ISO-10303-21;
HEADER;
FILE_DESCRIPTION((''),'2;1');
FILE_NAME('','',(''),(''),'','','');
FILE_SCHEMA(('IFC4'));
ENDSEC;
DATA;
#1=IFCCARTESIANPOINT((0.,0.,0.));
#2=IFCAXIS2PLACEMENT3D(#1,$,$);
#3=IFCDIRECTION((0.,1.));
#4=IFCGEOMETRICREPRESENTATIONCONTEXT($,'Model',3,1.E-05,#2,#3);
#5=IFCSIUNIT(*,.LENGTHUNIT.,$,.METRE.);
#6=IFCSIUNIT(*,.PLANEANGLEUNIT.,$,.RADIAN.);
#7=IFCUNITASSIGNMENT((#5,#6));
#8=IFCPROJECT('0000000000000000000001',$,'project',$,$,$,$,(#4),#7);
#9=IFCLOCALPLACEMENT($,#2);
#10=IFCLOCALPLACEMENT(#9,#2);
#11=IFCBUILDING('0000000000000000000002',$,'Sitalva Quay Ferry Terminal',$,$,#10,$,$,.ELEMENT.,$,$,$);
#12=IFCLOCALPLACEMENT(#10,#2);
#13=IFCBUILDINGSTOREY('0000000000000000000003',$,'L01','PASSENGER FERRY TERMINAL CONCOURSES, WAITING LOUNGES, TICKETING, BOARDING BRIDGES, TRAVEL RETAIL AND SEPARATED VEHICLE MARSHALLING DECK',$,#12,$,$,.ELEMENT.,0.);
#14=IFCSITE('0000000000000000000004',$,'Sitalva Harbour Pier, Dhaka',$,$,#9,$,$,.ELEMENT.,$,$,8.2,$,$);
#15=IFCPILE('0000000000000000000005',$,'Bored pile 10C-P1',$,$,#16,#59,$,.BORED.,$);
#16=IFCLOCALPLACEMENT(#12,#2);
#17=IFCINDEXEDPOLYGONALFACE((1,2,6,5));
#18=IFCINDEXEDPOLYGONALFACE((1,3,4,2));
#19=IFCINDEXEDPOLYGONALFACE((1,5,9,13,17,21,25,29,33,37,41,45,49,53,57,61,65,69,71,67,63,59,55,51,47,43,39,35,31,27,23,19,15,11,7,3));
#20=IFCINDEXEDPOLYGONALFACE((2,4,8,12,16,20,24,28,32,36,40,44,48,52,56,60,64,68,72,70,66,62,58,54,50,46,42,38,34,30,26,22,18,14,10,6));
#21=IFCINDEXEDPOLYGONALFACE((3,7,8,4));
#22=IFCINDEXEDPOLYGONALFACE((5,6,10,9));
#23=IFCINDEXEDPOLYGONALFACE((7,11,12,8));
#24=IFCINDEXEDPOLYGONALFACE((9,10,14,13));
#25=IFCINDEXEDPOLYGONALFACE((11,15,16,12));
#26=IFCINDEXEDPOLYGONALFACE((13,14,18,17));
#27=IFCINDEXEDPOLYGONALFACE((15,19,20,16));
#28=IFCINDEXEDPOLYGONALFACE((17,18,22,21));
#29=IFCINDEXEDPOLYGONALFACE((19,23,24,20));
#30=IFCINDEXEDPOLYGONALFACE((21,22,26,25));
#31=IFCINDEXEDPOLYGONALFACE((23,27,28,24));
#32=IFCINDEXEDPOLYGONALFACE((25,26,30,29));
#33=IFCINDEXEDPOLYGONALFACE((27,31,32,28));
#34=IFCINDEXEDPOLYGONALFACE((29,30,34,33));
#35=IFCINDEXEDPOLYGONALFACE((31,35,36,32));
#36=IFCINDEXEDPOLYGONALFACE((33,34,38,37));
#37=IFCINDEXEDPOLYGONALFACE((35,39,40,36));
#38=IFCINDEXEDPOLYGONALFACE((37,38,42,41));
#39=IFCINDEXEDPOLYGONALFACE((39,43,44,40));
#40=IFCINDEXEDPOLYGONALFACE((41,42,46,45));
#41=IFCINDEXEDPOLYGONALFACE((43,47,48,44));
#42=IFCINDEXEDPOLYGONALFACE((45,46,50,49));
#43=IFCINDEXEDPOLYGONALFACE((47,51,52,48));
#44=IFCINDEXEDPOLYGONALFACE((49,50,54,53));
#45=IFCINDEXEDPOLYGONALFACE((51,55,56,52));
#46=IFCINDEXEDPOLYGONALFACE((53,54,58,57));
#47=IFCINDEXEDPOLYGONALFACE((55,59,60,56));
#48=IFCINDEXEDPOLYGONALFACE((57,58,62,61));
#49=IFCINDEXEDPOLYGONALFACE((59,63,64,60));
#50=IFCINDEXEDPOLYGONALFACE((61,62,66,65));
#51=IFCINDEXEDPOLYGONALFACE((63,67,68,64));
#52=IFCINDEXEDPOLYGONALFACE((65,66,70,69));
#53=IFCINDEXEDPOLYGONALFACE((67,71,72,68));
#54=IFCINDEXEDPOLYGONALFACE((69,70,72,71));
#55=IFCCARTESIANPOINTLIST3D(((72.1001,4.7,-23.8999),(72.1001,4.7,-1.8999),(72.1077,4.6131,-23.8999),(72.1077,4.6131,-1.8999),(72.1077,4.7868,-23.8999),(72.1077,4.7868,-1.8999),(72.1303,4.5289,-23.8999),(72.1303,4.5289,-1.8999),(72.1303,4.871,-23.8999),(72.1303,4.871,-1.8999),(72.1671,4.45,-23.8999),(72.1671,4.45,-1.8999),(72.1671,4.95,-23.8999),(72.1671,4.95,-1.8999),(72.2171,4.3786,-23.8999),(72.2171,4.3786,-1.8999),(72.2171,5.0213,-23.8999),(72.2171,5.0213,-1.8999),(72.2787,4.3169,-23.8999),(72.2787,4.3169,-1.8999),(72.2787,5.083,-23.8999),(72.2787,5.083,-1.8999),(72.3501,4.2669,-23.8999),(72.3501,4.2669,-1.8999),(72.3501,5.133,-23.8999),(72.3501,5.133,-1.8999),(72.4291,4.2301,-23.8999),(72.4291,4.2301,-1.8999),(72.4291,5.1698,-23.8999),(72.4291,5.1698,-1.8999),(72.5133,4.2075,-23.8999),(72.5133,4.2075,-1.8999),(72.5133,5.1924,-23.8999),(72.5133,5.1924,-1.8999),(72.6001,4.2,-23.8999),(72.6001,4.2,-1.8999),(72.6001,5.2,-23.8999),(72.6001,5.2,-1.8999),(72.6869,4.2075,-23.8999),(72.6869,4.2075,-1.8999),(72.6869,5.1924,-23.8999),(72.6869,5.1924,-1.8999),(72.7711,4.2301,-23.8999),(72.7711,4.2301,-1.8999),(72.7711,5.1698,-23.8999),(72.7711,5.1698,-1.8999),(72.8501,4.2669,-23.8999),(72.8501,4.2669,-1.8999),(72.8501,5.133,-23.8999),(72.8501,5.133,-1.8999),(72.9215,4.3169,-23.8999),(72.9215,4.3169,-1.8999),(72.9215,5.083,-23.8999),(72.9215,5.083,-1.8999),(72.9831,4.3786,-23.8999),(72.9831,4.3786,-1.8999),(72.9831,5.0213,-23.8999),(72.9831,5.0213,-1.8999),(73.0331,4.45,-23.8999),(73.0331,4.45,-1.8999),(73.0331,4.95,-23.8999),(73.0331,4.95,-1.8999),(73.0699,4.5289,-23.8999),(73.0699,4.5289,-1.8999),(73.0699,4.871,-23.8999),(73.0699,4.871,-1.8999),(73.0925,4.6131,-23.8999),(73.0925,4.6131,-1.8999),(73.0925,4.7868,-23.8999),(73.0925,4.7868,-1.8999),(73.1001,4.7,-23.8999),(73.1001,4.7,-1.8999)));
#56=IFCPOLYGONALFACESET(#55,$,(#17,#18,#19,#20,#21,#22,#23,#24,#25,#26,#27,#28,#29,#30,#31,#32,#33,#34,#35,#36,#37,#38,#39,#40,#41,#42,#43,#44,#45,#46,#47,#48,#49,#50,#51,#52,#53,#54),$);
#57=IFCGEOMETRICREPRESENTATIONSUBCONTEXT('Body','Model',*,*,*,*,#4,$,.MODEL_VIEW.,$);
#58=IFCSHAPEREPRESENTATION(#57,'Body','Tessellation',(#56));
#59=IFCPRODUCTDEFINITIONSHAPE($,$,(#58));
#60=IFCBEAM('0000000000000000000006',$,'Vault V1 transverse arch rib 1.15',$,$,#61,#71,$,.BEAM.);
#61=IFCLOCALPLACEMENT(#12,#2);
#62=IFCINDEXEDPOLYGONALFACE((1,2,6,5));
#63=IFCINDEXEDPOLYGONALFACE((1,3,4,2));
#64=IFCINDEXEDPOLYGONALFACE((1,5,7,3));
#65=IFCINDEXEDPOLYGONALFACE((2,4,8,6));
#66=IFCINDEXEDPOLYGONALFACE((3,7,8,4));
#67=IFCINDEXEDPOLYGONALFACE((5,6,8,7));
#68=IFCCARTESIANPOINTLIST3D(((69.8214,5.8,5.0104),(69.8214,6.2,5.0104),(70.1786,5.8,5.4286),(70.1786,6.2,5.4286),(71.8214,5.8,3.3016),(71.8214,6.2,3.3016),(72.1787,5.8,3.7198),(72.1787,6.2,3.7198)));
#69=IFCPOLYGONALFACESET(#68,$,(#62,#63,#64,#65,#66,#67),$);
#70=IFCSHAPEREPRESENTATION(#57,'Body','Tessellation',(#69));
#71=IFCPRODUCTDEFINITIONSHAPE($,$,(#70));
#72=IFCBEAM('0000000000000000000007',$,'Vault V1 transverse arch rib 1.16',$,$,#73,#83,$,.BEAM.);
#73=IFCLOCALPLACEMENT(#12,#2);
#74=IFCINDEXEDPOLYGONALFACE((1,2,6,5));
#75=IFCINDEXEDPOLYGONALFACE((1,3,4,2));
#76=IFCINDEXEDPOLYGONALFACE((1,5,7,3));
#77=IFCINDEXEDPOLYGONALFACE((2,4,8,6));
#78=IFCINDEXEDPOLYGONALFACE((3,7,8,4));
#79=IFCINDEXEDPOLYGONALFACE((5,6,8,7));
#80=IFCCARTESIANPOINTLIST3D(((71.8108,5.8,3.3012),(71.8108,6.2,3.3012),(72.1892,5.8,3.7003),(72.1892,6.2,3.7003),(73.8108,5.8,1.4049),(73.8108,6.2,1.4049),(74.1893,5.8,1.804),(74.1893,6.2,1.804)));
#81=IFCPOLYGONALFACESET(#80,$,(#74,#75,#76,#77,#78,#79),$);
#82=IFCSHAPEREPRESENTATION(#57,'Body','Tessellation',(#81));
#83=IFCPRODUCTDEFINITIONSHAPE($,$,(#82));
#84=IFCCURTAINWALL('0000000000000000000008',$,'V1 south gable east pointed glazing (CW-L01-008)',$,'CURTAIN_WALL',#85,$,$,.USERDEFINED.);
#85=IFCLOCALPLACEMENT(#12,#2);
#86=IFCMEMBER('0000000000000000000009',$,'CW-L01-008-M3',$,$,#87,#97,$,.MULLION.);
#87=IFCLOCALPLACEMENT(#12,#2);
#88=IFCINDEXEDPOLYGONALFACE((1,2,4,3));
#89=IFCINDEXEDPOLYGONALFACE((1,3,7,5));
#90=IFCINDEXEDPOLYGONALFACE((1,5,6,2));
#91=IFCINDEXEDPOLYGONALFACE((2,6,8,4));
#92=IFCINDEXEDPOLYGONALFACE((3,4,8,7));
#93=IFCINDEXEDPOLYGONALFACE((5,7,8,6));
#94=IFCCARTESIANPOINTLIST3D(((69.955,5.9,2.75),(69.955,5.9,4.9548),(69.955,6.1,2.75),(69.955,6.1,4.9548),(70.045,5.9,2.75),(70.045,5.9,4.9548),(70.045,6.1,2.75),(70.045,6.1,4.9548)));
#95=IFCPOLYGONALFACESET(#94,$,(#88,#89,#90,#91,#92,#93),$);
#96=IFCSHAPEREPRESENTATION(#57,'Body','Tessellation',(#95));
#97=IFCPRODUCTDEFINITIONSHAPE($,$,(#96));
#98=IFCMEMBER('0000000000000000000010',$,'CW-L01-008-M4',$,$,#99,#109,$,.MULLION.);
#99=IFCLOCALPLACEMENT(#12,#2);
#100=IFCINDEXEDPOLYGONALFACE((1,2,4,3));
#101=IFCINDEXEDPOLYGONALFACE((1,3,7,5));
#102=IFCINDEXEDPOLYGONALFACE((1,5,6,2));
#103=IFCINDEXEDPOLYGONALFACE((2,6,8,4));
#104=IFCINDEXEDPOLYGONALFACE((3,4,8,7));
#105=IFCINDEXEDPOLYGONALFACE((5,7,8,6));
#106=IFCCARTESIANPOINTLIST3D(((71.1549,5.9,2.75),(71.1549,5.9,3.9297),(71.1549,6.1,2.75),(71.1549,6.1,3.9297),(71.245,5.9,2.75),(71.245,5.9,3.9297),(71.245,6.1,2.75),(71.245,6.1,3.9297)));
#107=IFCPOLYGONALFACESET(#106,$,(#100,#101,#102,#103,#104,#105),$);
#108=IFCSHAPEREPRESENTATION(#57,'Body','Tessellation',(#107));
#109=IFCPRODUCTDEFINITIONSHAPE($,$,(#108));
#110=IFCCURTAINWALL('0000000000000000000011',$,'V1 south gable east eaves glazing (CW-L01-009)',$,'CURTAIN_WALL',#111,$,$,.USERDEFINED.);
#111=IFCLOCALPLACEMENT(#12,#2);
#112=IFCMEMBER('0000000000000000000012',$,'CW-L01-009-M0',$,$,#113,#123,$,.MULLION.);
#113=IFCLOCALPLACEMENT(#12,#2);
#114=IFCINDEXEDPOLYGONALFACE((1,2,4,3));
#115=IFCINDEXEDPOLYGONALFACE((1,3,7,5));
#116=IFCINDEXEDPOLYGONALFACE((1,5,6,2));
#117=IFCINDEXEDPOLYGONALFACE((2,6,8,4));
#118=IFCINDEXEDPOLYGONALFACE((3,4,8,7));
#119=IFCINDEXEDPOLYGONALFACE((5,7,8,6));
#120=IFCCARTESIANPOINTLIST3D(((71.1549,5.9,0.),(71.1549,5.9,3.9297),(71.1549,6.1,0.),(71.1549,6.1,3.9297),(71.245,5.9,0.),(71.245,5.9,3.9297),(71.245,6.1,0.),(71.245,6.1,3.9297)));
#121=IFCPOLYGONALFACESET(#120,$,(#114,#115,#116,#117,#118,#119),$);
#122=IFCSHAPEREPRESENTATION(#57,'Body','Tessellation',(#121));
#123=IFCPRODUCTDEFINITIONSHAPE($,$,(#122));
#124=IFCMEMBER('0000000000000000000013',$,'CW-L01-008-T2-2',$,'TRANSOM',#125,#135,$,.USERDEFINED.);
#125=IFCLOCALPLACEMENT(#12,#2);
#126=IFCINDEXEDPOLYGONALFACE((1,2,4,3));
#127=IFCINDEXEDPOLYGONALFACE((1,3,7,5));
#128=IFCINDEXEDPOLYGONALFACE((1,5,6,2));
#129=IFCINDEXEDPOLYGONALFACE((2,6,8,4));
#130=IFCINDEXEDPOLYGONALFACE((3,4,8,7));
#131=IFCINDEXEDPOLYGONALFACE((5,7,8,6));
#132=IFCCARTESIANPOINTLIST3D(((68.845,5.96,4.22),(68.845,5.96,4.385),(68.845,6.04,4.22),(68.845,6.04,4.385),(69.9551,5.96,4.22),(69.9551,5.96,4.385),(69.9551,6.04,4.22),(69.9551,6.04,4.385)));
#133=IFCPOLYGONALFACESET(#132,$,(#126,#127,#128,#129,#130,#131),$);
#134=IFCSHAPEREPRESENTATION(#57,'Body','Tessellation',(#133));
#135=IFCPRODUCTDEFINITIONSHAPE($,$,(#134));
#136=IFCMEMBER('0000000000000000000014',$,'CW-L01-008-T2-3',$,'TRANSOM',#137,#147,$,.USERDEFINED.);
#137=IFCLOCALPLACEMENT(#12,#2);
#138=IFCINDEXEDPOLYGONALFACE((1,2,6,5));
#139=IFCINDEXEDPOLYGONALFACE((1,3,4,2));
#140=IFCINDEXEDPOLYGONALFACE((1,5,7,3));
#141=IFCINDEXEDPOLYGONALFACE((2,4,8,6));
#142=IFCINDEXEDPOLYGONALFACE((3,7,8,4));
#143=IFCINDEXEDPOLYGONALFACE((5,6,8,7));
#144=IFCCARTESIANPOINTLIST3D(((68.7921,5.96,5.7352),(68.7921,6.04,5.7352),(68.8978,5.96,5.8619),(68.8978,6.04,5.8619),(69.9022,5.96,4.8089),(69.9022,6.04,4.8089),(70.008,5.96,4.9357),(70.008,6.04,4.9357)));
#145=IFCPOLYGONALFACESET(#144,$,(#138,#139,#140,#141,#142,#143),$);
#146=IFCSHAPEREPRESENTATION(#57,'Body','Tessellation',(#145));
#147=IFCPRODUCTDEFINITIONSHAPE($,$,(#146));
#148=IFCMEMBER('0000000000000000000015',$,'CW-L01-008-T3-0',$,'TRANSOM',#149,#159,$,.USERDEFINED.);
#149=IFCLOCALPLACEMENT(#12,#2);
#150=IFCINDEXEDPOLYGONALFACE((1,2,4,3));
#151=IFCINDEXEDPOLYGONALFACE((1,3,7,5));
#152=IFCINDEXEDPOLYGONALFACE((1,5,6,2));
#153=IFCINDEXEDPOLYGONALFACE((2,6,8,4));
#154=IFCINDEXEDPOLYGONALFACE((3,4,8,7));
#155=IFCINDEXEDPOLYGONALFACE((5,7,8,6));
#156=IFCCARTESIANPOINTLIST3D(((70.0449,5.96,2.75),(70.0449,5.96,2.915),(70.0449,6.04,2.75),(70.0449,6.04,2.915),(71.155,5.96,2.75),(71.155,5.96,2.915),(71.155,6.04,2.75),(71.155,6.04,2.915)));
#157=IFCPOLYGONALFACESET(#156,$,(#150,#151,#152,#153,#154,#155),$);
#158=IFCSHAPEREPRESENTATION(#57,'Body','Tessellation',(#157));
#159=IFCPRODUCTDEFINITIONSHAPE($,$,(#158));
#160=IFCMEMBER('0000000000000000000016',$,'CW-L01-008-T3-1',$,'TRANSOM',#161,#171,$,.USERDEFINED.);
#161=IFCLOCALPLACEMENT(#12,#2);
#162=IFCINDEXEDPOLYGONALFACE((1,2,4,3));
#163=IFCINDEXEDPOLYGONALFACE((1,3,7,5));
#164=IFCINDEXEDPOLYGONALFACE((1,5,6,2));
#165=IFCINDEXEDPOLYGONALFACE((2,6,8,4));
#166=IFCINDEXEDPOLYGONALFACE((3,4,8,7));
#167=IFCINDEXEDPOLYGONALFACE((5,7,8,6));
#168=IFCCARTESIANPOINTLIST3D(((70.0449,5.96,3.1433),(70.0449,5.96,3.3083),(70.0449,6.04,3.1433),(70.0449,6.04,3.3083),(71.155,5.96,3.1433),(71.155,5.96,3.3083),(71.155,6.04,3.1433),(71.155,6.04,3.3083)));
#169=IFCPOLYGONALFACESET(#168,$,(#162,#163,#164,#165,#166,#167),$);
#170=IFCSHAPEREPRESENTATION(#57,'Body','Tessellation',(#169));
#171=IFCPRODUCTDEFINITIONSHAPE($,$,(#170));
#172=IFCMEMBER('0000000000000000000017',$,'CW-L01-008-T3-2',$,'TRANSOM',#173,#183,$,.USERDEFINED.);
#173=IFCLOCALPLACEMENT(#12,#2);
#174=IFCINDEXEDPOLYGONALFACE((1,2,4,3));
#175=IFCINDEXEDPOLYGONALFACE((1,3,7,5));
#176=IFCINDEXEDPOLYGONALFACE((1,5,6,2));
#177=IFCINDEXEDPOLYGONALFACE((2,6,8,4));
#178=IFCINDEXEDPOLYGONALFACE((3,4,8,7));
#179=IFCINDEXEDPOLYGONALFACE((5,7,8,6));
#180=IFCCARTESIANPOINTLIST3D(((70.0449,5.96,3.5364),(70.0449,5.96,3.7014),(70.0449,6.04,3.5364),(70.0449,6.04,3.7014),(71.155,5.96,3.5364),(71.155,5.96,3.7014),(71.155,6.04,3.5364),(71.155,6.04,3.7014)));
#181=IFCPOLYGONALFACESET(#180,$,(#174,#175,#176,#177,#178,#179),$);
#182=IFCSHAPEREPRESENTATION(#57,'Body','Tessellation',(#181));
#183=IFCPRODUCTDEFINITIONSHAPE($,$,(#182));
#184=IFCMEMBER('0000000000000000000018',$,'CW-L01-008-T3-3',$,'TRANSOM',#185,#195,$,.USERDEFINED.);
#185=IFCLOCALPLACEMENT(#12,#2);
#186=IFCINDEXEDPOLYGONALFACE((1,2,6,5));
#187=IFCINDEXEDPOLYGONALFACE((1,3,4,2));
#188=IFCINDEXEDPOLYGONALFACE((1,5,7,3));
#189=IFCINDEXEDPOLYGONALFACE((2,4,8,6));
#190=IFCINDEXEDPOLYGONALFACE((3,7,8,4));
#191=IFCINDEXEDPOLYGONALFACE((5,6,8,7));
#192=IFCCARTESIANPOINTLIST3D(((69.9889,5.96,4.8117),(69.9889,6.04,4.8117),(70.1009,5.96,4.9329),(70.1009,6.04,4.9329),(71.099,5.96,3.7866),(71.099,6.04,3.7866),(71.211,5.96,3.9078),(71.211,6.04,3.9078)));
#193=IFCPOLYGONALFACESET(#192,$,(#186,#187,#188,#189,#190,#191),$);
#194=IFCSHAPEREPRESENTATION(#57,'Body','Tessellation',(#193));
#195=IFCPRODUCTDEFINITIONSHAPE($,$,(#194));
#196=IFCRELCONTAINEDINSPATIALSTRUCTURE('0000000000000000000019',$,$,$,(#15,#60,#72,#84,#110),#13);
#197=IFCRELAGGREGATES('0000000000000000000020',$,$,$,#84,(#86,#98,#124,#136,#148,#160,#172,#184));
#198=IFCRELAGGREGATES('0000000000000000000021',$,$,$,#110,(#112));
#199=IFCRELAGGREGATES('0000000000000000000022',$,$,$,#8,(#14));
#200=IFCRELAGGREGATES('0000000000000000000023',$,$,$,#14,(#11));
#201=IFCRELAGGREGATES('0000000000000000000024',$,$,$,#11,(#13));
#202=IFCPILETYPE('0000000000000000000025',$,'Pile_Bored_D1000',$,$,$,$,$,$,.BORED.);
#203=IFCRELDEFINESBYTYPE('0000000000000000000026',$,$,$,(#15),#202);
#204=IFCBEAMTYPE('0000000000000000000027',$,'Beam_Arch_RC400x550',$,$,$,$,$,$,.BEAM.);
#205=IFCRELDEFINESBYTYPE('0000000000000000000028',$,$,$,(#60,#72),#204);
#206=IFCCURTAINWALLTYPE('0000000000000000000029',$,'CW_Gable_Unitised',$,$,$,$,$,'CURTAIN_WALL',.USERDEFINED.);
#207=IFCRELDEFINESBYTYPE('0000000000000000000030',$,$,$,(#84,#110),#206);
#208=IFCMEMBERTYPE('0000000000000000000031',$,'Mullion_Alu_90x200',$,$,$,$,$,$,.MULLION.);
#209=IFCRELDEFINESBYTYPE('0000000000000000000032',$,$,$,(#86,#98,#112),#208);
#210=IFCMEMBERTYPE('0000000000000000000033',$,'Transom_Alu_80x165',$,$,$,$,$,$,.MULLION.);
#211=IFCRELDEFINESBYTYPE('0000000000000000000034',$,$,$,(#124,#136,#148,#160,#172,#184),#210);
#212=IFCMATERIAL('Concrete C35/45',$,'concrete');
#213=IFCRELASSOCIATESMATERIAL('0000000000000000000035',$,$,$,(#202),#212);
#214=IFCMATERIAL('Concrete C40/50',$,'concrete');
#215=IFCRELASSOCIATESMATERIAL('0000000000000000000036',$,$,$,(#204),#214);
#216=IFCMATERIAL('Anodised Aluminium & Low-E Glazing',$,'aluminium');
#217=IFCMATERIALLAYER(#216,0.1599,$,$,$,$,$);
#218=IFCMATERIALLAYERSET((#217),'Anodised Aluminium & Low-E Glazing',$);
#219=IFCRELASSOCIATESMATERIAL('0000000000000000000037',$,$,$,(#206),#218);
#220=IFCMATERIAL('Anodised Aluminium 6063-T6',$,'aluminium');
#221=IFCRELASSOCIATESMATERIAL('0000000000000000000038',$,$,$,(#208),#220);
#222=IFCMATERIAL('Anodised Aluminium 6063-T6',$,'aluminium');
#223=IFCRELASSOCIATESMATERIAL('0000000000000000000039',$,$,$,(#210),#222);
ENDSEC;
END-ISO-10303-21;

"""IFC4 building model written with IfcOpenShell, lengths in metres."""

from ifc_helpers import new_model, si_unit, direction, frame, origin, origin_2d, place, context, subcontext, project, spatial, rectangle, circle, extrude, material, layer, layer_set, material_profile, profile_set, type_object, element, aggregate, save


model = new_model("IFC4")

# Units and contexts
model_context = context("Model", 3, precision=1e-05, world=origin(), true_north=direction((0.0, 1.0)))
body_context = subcontext(model_context, "Body", "Model", "MODEL_VIEW")
ifc_project = project(units=[si_unit("LENGTHUNIT", "METRE"), si_unit("PLANEANGLEUNIT", "RADIAN")], contexts=[model_context])

# Site, building, storey
site_placement = place(None, origin())
site = spatial("IfcSite", under=ifc_project, at=site_placement, Name="Sitalva Harbour Pier, Dhaka", CompositionType="ELEMENT", RefElevation=8.2)
building_placement = place(site_placement, origin())
building = spatial("IfcBuilding", under=site, at=building_placement, Name="Sitalva Quay Ferry Terminal", CompositionType="ELEMENT")
storey_placement = place(building_placement, origin())
storey = spatial("IfcBuildingStorey", under=building, at=storey_placement, Name="L01", Description="PASSENGER FERRY TERMINAL CONCOURSES, WAITING LOUNGES, TICKETING, BOARDING BRIDGES, TRAVEL RETAIL AND SEPARATED VEHICLE MARSHALLING DECK", CompositionType="ELEMENT", Elevation=0.0)

# Pile
ifc_material_1 = material(Name="Concrete C35/45", Category="concrete")
ifc_material_profile_1 = material_profile(ifc_material_1, circle(Radius=0.5, at=origin_2d()), Name="PILE-D1000")
ifc_profile_set_1 = profile_set([ifc_material_profile_1], Name="Concrete C35/45")
pile_type = type_object("IfcPileType", Name="Pile_Bored_D1000", PredefinedType="BORED", material=ifc_profile_set_1)
pile_placement = place(storey_placement, frame((72.6001, 4.7, -1.8999), z_axis=(0.0, 0.0, -1.0), x_axis=(1.0, 0.0, 0.0)))
element("IfcPile", 1, at=pile_placement, inside=storey, type_object=pile_type, Name="Bored pile 10C-P1", PredefinedType="BORED", context=body_context, shape_type="SweptSolid", body=[
    extrude(circle(Radius=0.5, at=origin_2d()), origin(), (0.0, 0.0, 1.0), 22.0),
])

# Beams
ifc_material_2 = material(Name="Concrete C40/50", Category="concrete")
ifc_material_profile_2 = material_profile(ifc_material_2, rectangle(XDim=0.3999, YDim=0.55, at=origin_2d()), Name="RC400x550")
ifc_profile_set_2 = profile_set([ifc_material_profile_2], Name="Concrete C40/50")
beam_type = type_object("IfcBeamType", Name="Beam_Arch_RC400x550", PredefinedType="BEAM", material=ifc_profile_set_2)
beam_1_placement = place(storey_placement, frame((70.0, 6.0, 5.2195), z_axis=(0.760297, 0.0, -0.649575), x_axis=(0.0, 1.0, 0.0)))
element("IfcBeam", 2, at=beam_1_placement, inside=storey, type_object=beam_type, Name="Vault V1 transverse arch rib 1.15", PredefinedType="BEAM", context=body_context, shape_type="SweptSolid", body=[
    extrude(rectangle(XDim=0.3999, YDim=0.55, at=origin_2d()), origin(), (0.0, 0.0, 1.0), 2.6306),
])
beam_2_placement = place(storey_placement, frame((72.0, 6.0, 3.5007), z_axis=(0.72568, 0.0, -0.688032), x_axis=(0.0, 1.0, 0.0)))
element("IfcBeam", 3, at=beam_2_placement, inside=storey, type_object=beam_type, Name="Vault V1 transverse arch rib 1.16", PredefinedType="BEAM", context=body_context, shape_type="SweptSolid", body=[
    extrude(rectangle(XDim=0.3999, YDim=0.55, at=origin_2d()), origin(), (0.0, 0.0, 1.0), 2.7561),
])

# Curtain wall, members
ifc_material_3 = material(Name="Anodised Aluminium & Low-E Glazing", Category="aluminium")
ifc_layer_1 = layer(ifc_material_3, 0.1599)
ifc_layer_set_1 = layer_set([ifc_layer_1], Name="Anodised Aluminium & Low-E Glazing")
curtain_wall_type = type_object("IfcCurtainWallType", Name="CW_Gable_Unitised", ElementType="CURTAIN_WALL", PredefinedType="USERDEFINED", material=ifc_layer_set_1)
curtain_wall_1_placement = place(storey_placement, origin())
curtain_wall_1 = element("IfcCurtainWall", 4, at=curtain_wall_1_placement, inside=storey, type_object=curtain_wall_type, Name="V1 south gable east pointed glazing (CW-L01-008)", ObjectType="CURTAIN_WALL", PredefinedType="USERDEFINED")
ifc_material_4 = material(Name="Anodised Aluminium 6063-T6", Category="aluminium")
ifc_material_profile_3 = material_profile(ifc_material_4, rectangle(XDim=0.0901, YDim=0.2, at=origin_2d()), Name="ALU90x200")
ifc_profile_set_3 = profile_set([ifc_material_profile_3], Name="Anodised Aluminium 6063-T6")
member_type_1 = type_object("IfcMemberType", Name="Mullion_Alu_90x200", PredefinedType="MULLION", material=ifc_profile_set_3)
member_1_placement = place(storey_placement, frame((70.0, 6.0, 2.75), z_axis=(0.0, 0.0, 1.0), x_axis=(1.0, 0.0, 0.0)))
member_1 = element("IfcMember", 5, at=member_1_placement, type_object=member_type_1, Name="CW-L01-008-M3", PredefinedType="MULLION", context=body_context, shape_type="SweptSolid", body=[
    extrude(rectangle(XDim=0.0901, YDim=0.2, at=origin_2d()), origin(), (0.0, 0.0, 1.0), 2.2048),
])
member_2_placement = place(storey_placement, frame((71.2, 6.0, 2.75), z_axis=(0.0, 0.0, 1.0), x_axis=(1.0, 0.0, 0.0)))
member_2 = element("IfcMember", 6, at=member_2_placement, type_object=member_type_1, Name="CW-L01-008-M4", PredefinedType="MULLION", context=body_context, shape_type="SweptSolid", body=[
    extrude(rectangle(XDim=0.0901, YDim=0.2, at=origin_2d()), origin(), (0.0, 0.0, 1.0), 1.1797),
])

# Curtain wall, member
curtain_wall_2_placement = place(storey_placement, origin())
curtain_wall_2 = element("IfcCurtainWall", 7, at=curtain_wall_2_placement, inside=storey, type_object=curtain_wall_type, Name="V1 south gable east eaves glazing (CW-L01-009)", ObjectType="CURTAIN_WALL", PredefinedType="USERDEFINED")
member_3_placement = place(storey_placement, frame((71.2, 6.0, 0.0), z_axis=(0.0, 0.0, 1.0), x_axis=(1.0, 0.0, 0.0)))
member_3 = element("IfcMember", 8, at=member_3_placement, type_object=member_type_1, Name="CW-L01-009-M0", PredefinedType="MULLION", context=body_context, shape_type="SweptSolid", body=[
    extrude(rectangle(XDim=0.0901, YDim=0.2, at=origin_2d()), origin(), (0.0, 0.0, 1.0), 3.9297),
])

# Members
ifc_material_5 = material(Name="Anodised Aluminium 6063-T6", Category="aluminium")
ifc_material_profile_4 = material_profile(ifc_material_5, rectangle(XDim=0.0801, YDim=0.165, at=origin_2d()), Name="ALU80x165")
ifc_profile_set_4 = profile_set([ifc_material_profile_4], Name="Anodised Aluminium 6063-T6")
member_type_2 = type_object("IfcMemberType", Name="Transom_Alu_80x165", PredefinedType="MULLION", material=ifc_profile_set_4)
member_4_placement = place(storey_placement, frame((68.845, 6.0, 4.3025), z_axis=(1.0, 0.0, 0.0), x_axis=(0.0, 1.0, 0.0)))
member_4 = element("IfcMember", 9, at=member_4_placement, type_object=member_type_2, Name="CW-L01-008-T2-2", ObjectType="TRANSOM", PredefinedType="USERDEFINED", context=body_context, shape_type="SweptSolid", body=[
    extrude(rectangle(XDim=0.0801, YDim=0.165, at=origin_2d()), origin(), (0.0, 0.0, 1.0), 1.1101),
])
member_5_placement = place(storey_placement, frame((68.845, 6.0, 5.7986), z_axis=(0.76782, 0.0, -0.640666), x_axis=(0.0, 1.0, 0.0)))
member_5 = element("IfcMember", 10, at=member_5_placement, type_object=member_type_2, Name="CW-L01-008-T2-3", ObjectType="TRANSOM", PredefinedType="USERDEFINED", context=body_context, shape_type="SweptSolid", body=[
    extrude(rectangle(XDim=0.0801, YDim=0.165, at=origin_2d()), origin(), (0.0, 0.0, 1.0), 1.4458),
])
member_6_placement = place(storey_placement, frame((70.0449, 6.0, 2.8325), z_axis=(1.0, 0.0, 0.0), x_axis=(0.0, 1.0, 0.0)))
member_6 = element("IfcMember", 11, at=member_6_placement, type_object=member_type_2, Name="CW-L01-008-T3-0", ObjectType="TRANSOM", PredefinedType="USERDEFINED", context=body_context, shape_type="SweptSolid", body=[
    extrude(rectangle(XDim=0.0801, YDim=0.165, at=origin_2d()), origin(), (0.0, 0.0, 1.0), 1.1101),
])
member_7_placement = place(storey_placement, frame((70.0449, 6.0, 3.2258), z_axis=(1.0, 0.0, 0.0), x_axis=(0.0, 1.0, 0.0)))
member_7 = element("IfcMember", 12, at=member_7_placement, type_object=member_type_2, Name="CW-L01-008-T3-1", ObjectType="TRANSOM", PredefinedType="USERDEFINED", context=body_context, shape_type="SweptSolid", body=[
    extrude(rectangle(XDim=0.0801, YDim=0.165, at=origin_2d()), origin(), (0.0, 0.0, 1.0), 1.1101),
])
member_8_placement = place(storey_placement, frame((70.0449, 6.0, 3.6189), z_axis=(1.0, 0.0, 0.0), x_axis=(0.0, 1.0, 0.0)))
member_8 = element("IfcMember", 13, at=member_8_placement, type_object=member_type_2, Name="CW-L01-008-T3-2", ObjectType="TRANSOM", PredefinedType="USERDEFINED", context=body_context, shape_type="SweptSolid", body=[
    extrude(rectangle(XDim=0.0801, YDim=0.165, at=origin_2d()), origin(), (0.0, 0.0, 1.0), 1.1101),
])
member_9_placement = place(storey_placement, frame((70.0449, 6.0, 4.8723), z_axis=(0.734661, 0.0, -0.678434), x_axis=(0.0, 1.0, 0.0)))
member_9 = element("IfcMember", 14, at=member_9_placement, type_object=member_type_2, Name="CW-L01-008-T3-3", ObjectType="TRANSOM", PredefinedType="USERDEFINED", context=body_context, shape_type="SweptSolid", body=[
    extrude(rectangle(XDim=0.0801, YDim=0.165, at=origin_2d()), origin(), (0.0, 0.0, 1.0), 1.511),
])

aggregate(curtain_wall_1, [member_1, member_2, member_4, member_5, member_6, member_7, member_8, member_9])
aggregate(curtain_wall_2, [member_3])

save(model, "model.ifc")
